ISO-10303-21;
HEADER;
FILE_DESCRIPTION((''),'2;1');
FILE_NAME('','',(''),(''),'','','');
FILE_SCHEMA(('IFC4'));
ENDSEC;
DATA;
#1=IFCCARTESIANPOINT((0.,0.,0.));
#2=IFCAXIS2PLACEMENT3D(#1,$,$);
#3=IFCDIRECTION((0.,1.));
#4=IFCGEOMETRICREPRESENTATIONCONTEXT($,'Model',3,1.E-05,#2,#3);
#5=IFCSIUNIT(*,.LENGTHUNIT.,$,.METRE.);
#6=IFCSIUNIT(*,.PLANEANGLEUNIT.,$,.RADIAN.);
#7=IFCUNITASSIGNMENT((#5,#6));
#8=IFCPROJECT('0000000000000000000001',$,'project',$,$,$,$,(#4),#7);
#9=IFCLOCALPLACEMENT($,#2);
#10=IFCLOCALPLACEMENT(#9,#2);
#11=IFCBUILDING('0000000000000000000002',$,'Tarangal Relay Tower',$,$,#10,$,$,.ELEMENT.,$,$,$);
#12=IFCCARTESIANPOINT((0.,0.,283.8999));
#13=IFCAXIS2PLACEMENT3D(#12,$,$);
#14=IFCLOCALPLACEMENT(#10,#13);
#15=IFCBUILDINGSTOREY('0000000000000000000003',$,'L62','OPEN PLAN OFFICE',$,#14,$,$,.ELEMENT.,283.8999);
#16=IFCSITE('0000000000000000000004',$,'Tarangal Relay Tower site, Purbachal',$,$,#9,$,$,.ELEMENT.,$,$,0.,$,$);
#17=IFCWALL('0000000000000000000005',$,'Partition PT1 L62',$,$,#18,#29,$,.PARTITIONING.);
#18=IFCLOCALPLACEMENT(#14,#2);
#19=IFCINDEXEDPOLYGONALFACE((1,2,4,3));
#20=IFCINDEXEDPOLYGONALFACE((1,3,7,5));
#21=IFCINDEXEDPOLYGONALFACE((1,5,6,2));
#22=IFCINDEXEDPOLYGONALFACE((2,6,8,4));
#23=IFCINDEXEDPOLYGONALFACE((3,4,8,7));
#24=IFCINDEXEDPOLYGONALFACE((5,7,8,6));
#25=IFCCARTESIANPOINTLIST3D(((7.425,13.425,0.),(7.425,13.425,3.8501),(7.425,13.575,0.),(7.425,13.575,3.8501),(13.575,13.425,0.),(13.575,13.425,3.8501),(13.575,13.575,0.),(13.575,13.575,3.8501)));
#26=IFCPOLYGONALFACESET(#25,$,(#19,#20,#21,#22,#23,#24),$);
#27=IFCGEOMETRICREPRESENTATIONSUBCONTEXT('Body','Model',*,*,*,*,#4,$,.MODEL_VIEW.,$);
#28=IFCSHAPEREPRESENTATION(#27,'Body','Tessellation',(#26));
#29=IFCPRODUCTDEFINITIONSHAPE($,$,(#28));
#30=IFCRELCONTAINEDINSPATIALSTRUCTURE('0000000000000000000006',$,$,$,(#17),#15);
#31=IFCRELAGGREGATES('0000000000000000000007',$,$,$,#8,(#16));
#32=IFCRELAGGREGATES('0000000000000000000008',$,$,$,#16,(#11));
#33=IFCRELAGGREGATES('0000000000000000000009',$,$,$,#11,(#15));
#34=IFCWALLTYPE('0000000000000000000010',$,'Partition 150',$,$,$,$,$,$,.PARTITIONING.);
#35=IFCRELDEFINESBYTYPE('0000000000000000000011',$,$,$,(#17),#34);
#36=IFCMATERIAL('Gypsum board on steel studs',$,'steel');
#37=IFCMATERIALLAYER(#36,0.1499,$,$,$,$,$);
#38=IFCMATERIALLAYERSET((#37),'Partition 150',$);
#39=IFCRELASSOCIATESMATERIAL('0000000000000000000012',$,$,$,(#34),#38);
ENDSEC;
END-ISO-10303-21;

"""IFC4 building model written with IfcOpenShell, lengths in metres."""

from ifc_helpers import new_model, si_unit, direction, frame, frame_2d, origin, place, context, subcontext, project, spatial, rectangle, extrude, material, layer, layer_set, type_object, element, save


model = new_model("IFC4")

# Units and contexts
model_context = context("Model", 3, precision=1e-05, world=origin(), true_north=direction((0.0, 1.0)))
body_context = subcontext(model_context, "Body", "Model", "MODEL_VIEW")
ifc_project = project(units=[si_unit("LENGTHUNIT", "METRE"), si_unit("PLANEANGLEUNIT", "RADIAN")], contexts=[model_context])

# Site, building, storey
site_placement = place(None, origin())
site = spatial("IfcSite", under=ifc_project, at=site_placement, Name="Tarangal Relay Tower site, Purbachal", CompositionType="ELEMENT", RefElevation=0.0)
building_placement = place(site_placement, origin())
building = spatial("IfcBuilding", under=site, at=building_placement, Name="Tarangal Relay Tower", CompositionType="ELEMENT")
storey_placement = place(building_placement, frame((0.0, 0.0, 283.8999)))
storey = spatial("IfcBuildingStorey", under=building, at=storey_placement, Name="L62", Description="OPEN PLAN OFFICE", CompositionType="ELEMENT", Elevation=283.8999)

# Wall
ifc_material_1 = material(Name="Gypsum board on steel studs", Category="steel")
ifc_layer_1 = layer(ifc_material_1, 0.1499)
ifc_layer_set_1 = layer_set([ifc_layer_1], Name="Partition 150")
wall_type_1 = type_object("IfcWallType", Name="Partition 150", PredefinedType="PARTITIONING", material=ifc_layer_set_1)
wall_1_placement = place(storey_placement, frame((7.425, 13.5, 0.0), z_axis=(0.0, 0.0, 1.0), x_axis=(1.0, 0.0, 0.0)))
element("IfcWall", 1, at=wall_1_placement, inside=storey, type_object=wall_type_1, Name="Partition PT1 L62", PredefinedType="PARTITIONING", context=body_context, shape_type="SweptSolid", body=[
    extrude(rectangle(XDim=6.1499, YDim=0.1499, at=frame_2d((3.075, 0.0))), origin(), (0.0, 0.0, 1.0), 3.8501),
])

save(model, "model.ifc")
